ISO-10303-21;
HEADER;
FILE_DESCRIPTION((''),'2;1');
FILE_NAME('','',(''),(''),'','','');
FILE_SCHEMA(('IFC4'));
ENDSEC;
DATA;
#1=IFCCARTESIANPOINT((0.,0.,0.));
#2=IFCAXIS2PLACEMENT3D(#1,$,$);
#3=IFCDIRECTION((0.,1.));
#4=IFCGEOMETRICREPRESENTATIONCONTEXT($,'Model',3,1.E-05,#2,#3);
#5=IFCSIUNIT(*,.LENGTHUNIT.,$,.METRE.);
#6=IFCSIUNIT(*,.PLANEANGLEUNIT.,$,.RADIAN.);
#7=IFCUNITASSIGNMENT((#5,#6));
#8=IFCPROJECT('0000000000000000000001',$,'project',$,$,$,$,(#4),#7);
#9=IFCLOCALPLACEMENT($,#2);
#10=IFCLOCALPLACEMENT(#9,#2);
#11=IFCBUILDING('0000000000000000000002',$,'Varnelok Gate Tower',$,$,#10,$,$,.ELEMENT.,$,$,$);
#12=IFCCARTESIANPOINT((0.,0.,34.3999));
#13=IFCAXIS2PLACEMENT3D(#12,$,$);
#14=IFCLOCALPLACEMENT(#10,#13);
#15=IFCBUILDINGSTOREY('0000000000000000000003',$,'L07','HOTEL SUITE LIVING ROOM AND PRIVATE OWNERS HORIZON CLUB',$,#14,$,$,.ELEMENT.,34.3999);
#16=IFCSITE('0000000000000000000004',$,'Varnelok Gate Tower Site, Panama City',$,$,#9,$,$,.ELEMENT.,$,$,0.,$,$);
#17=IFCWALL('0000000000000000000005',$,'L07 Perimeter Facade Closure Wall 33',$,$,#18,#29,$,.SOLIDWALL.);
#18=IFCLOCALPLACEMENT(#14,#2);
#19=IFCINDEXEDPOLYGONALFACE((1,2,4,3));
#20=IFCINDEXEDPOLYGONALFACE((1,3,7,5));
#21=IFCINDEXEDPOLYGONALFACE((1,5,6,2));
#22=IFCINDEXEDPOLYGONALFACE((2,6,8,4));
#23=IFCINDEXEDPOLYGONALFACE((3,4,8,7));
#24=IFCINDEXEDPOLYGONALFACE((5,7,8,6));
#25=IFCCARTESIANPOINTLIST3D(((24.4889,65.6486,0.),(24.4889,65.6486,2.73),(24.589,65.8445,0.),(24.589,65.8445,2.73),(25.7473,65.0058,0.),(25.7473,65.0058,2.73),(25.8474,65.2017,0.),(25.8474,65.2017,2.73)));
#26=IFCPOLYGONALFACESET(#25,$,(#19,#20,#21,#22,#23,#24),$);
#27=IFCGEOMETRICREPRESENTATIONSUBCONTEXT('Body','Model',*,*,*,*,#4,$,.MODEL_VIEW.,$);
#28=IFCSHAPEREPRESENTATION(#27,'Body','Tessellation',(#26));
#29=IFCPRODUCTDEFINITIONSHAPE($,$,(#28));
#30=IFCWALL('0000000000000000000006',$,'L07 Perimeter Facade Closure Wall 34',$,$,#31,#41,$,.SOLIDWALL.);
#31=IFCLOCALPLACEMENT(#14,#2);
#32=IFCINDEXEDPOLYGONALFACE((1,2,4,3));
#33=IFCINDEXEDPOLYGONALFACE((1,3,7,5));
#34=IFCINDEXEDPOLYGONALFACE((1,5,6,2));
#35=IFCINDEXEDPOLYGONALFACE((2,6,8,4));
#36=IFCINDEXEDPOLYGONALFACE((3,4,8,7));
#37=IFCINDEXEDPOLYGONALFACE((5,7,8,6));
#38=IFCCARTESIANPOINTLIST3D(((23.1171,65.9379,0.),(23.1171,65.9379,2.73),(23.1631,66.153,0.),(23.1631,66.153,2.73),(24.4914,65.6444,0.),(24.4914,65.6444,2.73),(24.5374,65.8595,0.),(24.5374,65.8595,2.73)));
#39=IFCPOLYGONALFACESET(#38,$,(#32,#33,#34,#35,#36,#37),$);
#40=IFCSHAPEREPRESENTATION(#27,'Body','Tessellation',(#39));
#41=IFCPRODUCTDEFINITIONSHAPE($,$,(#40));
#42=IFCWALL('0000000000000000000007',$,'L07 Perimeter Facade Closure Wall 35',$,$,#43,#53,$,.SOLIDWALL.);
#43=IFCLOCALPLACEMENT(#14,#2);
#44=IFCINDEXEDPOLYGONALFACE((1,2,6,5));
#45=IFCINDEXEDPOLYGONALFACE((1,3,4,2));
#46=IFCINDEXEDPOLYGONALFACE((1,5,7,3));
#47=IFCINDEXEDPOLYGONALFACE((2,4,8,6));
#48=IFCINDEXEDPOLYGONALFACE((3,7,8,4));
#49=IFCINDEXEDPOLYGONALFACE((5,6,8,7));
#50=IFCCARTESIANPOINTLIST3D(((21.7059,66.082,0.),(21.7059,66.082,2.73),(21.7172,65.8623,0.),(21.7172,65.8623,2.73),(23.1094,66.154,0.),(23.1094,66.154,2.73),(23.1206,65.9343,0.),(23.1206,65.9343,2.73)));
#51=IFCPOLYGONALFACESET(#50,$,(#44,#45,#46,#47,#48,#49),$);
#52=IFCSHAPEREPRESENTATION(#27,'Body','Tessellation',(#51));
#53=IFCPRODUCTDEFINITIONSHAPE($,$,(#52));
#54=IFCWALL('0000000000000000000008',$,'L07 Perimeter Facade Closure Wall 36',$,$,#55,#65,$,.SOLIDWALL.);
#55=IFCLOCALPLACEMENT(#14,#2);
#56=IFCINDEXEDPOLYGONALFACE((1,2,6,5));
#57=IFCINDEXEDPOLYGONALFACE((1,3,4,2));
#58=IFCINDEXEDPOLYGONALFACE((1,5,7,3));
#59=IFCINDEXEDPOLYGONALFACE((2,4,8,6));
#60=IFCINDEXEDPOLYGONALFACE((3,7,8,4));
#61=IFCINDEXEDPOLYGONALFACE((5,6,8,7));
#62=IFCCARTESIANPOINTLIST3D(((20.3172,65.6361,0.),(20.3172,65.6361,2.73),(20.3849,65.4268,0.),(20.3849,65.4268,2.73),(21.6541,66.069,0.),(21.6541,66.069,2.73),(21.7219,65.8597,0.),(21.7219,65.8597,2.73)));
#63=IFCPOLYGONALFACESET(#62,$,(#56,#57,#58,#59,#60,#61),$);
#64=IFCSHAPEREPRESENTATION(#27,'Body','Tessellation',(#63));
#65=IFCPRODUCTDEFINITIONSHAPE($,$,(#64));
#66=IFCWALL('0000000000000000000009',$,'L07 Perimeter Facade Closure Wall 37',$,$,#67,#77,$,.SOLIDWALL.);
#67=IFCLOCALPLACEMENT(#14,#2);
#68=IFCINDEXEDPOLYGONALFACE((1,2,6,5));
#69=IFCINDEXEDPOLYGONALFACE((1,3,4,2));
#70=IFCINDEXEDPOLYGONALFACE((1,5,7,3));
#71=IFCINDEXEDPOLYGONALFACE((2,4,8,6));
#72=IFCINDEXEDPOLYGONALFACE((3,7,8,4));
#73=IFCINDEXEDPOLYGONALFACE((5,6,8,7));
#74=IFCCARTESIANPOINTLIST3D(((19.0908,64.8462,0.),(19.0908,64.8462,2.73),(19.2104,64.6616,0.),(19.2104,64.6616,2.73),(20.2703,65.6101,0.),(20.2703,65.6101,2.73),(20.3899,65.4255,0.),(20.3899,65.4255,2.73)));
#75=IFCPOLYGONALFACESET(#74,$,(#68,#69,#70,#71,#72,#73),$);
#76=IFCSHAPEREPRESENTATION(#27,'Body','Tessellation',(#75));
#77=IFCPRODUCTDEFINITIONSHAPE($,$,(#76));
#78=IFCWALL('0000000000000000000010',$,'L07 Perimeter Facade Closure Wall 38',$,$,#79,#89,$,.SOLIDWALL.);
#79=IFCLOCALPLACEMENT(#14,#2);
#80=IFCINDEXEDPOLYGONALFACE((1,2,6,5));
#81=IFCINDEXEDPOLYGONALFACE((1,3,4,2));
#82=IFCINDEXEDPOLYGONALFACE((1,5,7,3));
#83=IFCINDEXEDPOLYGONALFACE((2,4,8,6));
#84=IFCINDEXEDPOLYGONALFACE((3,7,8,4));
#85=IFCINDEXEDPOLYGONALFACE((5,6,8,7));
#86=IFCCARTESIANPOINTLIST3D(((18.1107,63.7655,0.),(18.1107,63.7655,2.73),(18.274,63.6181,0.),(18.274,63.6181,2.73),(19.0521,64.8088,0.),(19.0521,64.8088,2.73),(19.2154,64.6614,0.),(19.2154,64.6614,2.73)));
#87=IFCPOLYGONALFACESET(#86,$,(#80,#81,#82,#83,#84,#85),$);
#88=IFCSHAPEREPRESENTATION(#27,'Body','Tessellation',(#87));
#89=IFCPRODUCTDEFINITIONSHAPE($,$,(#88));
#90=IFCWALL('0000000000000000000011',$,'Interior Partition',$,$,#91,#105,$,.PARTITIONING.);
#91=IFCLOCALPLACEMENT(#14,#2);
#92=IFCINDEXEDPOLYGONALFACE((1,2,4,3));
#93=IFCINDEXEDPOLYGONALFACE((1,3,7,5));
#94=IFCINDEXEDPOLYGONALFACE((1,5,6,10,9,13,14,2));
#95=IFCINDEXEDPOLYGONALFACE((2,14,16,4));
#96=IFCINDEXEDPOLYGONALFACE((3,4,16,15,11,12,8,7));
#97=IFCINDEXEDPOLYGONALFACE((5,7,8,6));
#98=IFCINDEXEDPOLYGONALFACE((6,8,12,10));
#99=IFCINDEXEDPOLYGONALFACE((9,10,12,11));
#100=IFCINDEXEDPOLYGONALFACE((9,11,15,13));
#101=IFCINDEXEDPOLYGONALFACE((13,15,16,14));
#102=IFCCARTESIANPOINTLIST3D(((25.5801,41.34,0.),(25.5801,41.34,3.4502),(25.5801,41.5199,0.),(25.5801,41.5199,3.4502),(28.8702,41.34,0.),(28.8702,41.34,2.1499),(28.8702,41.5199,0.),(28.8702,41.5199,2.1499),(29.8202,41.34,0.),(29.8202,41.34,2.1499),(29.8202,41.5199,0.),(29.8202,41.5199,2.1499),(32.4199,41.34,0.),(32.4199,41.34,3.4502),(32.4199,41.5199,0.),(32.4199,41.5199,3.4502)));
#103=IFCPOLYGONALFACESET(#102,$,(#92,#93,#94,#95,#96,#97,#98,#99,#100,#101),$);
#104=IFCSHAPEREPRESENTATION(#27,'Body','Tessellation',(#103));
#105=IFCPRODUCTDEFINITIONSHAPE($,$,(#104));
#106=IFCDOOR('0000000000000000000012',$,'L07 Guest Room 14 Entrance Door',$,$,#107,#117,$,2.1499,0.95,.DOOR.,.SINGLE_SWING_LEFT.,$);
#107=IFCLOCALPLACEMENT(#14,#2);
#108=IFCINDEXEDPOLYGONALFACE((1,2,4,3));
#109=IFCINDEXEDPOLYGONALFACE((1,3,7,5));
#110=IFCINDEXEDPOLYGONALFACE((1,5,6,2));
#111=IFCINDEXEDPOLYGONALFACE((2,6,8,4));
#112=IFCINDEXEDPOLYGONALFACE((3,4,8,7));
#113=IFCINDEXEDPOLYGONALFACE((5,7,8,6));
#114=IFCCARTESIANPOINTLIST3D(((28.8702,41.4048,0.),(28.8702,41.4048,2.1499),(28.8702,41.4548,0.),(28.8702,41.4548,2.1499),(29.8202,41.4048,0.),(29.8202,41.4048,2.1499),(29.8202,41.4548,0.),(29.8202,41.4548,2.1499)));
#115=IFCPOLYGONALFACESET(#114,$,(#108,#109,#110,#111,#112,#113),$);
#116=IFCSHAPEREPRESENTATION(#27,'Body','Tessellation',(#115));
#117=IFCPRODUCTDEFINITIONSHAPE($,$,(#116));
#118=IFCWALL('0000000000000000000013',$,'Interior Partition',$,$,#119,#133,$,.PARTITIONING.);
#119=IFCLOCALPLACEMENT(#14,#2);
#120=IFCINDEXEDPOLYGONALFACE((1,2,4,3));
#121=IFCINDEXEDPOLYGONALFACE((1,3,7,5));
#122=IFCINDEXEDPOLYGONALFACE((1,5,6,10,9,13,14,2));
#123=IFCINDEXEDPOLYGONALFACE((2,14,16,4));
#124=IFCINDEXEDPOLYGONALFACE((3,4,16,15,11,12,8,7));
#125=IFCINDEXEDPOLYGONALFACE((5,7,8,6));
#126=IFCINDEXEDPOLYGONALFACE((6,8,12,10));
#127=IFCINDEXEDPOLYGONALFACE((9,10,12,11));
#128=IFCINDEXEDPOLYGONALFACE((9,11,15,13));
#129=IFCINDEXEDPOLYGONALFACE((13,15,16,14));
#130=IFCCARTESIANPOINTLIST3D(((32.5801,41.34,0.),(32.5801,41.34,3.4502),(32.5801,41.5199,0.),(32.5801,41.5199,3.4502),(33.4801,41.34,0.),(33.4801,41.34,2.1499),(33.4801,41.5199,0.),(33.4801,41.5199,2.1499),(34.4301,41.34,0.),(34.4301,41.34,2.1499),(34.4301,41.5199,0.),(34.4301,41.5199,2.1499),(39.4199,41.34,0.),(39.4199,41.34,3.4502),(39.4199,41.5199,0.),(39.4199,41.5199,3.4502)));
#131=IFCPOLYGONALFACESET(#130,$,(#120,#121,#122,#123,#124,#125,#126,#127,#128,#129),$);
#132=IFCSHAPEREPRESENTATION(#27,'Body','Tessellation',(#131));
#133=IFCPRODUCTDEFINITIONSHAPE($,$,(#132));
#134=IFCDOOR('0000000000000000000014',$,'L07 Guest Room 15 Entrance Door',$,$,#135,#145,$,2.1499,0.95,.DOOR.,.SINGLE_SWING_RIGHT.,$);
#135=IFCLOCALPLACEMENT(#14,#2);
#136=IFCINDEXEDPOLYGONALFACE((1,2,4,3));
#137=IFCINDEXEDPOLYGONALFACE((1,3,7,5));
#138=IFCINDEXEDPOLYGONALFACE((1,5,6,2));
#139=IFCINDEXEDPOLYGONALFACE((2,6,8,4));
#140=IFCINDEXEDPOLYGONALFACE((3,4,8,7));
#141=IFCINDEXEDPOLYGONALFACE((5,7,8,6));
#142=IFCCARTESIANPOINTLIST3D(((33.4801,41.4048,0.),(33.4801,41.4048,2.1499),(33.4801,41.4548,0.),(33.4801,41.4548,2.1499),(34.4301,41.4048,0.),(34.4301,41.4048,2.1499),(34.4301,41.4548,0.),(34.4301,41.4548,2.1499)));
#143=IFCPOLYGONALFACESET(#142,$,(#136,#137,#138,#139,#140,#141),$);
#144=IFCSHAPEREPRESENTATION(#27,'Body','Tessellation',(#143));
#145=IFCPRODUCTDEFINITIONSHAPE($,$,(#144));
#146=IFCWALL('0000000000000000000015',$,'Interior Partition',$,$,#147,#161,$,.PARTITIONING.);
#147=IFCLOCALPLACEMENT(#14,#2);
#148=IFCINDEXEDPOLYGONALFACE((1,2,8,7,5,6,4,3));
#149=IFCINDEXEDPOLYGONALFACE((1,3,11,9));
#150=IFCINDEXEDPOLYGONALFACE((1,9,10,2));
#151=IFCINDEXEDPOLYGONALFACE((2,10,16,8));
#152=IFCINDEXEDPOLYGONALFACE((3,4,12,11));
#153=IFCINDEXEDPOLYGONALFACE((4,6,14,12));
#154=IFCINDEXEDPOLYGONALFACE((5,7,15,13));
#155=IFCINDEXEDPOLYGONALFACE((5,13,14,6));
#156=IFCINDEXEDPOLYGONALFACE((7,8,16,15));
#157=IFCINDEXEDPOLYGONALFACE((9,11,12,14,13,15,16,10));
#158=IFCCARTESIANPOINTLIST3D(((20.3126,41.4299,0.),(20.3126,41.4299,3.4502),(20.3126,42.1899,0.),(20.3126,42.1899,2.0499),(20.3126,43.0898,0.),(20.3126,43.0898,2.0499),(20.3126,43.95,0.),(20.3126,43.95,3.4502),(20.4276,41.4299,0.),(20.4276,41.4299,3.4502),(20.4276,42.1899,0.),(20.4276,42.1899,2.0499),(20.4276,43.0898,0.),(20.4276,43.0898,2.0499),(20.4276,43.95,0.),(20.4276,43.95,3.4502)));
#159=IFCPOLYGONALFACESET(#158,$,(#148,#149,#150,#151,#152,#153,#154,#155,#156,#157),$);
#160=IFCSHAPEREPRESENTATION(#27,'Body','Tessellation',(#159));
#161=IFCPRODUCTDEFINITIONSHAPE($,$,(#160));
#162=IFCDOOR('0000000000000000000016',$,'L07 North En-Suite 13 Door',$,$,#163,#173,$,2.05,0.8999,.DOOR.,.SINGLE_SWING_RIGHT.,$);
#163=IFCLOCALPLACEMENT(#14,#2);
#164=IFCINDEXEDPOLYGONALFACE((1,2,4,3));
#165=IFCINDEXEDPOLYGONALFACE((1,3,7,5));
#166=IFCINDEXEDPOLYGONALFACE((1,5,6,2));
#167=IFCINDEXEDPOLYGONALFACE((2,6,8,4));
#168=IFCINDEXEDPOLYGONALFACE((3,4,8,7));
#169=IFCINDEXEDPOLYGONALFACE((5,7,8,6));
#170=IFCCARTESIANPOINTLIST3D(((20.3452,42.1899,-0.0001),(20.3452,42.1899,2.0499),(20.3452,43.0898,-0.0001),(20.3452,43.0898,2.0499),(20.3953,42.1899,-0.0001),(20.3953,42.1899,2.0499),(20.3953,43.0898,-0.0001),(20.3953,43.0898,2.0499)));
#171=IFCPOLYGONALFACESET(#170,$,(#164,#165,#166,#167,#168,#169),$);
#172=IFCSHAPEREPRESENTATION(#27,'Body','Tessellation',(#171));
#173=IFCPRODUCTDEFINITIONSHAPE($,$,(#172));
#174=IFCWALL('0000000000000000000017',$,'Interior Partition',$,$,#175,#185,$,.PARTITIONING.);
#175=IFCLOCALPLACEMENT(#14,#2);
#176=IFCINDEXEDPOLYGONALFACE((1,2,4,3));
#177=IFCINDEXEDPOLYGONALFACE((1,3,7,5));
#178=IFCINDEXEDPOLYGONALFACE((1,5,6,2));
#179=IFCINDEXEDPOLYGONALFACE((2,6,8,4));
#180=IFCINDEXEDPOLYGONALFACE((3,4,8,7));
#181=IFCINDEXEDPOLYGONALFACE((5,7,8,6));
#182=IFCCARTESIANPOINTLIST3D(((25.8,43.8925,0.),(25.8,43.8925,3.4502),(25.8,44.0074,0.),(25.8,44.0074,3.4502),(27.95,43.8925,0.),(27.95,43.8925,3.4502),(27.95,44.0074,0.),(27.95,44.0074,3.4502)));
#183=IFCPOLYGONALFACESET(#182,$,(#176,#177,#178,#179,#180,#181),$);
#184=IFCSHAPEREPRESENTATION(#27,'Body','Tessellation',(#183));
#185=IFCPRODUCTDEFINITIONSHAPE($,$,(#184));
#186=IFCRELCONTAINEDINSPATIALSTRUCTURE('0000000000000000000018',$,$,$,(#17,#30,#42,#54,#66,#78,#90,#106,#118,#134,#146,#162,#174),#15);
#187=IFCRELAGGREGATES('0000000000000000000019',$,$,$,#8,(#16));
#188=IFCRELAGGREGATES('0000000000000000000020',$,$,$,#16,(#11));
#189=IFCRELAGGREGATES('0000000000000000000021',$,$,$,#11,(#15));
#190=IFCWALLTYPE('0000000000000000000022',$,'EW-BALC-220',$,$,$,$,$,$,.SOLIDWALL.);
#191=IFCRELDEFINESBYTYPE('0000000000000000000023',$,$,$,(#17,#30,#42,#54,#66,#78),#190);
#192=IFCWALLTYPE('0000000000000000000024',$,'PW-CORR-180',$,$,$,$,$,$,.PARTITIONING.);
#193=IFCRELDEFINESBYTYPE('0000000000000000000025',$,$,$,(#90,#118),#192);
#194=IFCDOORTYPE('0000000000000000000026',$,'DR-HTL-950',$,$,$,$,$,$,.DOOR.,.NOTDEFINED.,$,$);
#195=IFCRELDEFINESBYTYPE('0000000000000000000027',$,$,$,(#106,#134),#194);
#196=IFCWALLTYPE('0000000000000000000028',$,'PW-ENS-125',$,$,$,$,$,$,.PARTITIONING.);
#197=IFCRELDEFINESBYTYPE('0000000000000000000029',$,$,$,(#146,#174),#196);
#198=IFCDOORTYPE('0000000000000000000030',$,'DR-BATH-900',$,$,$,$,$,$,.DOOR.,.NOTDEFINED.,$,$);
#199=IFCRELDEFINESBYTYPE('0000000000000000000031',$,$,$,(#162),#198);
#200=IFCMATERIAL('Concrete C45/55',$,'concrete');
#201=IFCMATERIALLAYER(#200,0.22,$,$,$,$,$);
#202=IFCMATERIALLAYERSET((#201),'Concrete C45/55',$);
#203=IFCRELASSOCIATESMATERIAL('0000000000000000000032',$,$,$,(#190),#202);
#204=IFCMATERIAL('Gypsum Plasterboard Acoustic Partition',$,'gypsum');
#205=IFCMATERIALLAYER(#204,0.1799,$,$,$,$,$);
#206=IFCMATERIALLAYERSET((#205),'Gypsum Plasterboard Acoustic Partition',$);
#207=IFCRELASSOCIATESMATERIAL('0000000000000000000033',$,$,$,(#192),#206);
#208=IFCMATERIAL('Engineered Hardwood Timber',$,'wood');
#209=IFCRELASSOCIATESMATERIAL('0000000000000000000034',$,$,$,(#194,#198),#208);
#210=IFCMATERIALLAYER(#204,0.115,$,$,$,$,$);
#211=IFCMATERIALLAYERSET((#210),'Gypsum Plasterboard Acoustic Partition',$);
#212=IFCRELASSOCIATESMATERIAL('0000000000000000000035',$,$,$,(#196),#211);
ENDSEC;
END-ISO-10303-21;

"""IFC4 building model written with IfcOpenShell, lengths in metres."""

from ifc_helpers import new_model, si_unit, direction, frame, frame_2d, origin, place, context, subcontext, project, spatial, rectangle, extrude, material, layer, layer_set, type_object, element, fill, save


model = new_model("IFC4")

# Units and contexts
model_context = context("Model", 3, precision=1e-05, world=origin(), true_north=direction((0.0, 1.0)))
body_context = subcontext(model_context, "Body", "Model", "MODEL_VIEW")
ifc_project = project(units=[si_unit("LENGTHUNIT", "METRE"), si_unit("PLANEANGLEUNIT", "RADIAN")], contexts=[model_context])

# Site, building, storey
site_placement = place(None, origin())
site = spatial("IfcSite", under=ifc_project, at=site_placement, Name="Varnelok Gate Tower Site, Panama City", CompositionType="ELEMENT", RefElevation=0.0)
building_placement = place(site_placement, origin())
building = spatial("IfcBuilding", under=site, at=building_placement, Name="Varnelok Gate Tower", CompositionType="ELEMENT")
storey_placement = place(building_placement, frame((0.0, 0.0, 34.3999)))
storey = spatial("IfcBuildingStorey", under=building, at=storey_placement, Name="L07", Description="HOTEL SUITE LIVING ROOM AND PRIVATE OWNERS HORIZON CLUB", CompositionType="ELEMENT", Elevation=34.3999)

# Walls
ifc_material_1 = material(Name="Concrete C45/55", Category="concrete")
ifc_layer_1 = layer(ifc_material_1, 0.22)
ifc_layer_set_1 = layer_set([ifc_layer_1], Name="Concrete C45/55")
wall_type_1 = type_object("IfcWallType", Name="EW-BALC-220", PredefinedType="SOLIDWALL", material=ifc_layer_set_1)
wall_1_placement = place(storey_placement, frame((25.7974, 65.1038, 0.0), z_axis=(0.0, 0.0, 1.0), x_axis=(-0.890559, 0.454868, 0.0)))
element("IfcWall", 1, at=wall_1_placement, inside=storey, type_object=wall_type_1, Name="L07 Perimeter Facade Closure Wall 33", PredefinedType="SOLIDWALL", context=body_context, shape_type="SweptSolid", body=[
    extrude(rectangle(XDim=1.4131, YDim=0.22, at=frame_2d((0.7065, 0.0))), origin(), (0.0, 0.0, 1.0), 2.73),
])
for number, where, z_axis, x_axis, name in (
    (2, (24.5144, 65.752, 0.0), (0.0, 0.0, 1.0), (-0.977952, 0.208829, 0.0), "L07 Perimeter Facade Closure Wall 34"),
    (3, (23.115, 66.0442, 0.0), (0.0, 0.0, 1.0), (-0.998686, -0.051255, 0.0), "L07 Perimeter Facade Closure Wall 35"),
    (4, (21.688, 65.9644, 0.0), (0.0, 0.0, 1.0), (-0.951376, -0.308033, 0.0), "L07 Perimeter Facade Closure Wall 36"),
    (5, (20.3301, 65.5178, 0.0), (0.0, 0.0, 1.0), (-0.839328, -0.543626, 0.0), "L07 Perimeter Facade Closure Wall 37"),
    (6, (19.1338, 64.7351, 0.0), (0.0, 0.0, 1.0), (-0.669953, -0.742404, 0.0), "L07 Perimeter Facade Closure Wall 38"),
):
    element("IfcWall", number, at=place(storey_placement, frame(where, z_axis=z_axis, x_axis=x_axis)), inside=storey, type_object=wall_type_1, Name=name, PredefinedType="SOLIDWALL", context=body_context, shape_type="SweptSolid", body=[
        extrude(rectangle(XDim=1.4053, YDim=0.22, at=frame_2d((0.7026, 0.0))), origin(), (0.0, 0.0, 1.0), 2.73),
    ])

# Walls, openings, doors
ifc_material_2 = material(Name="Gypsum Plasterboard Acoustic Partition", Category="gypsum")
ifc_layer_2 = layer(ifc_material_2, 0.1799)
ifc_layer_set_2 = layer_set([ifc_layer_2], Name="Gypsum Plasterboard Acoustic Partition")
wall_type_2 = type_object("IfcWallType", Name="PW-CORR-180", PredefinedType="PARTITIONING", material=ifc_layer_set_2)
wall_2_placement = place(storey_placement, frame((25.5801, 41.4299, 0.0), z_axis=(0.0, 0.0, 1.0), x_axis=(1.0, 0.0, 0.0)))
wall_2 = element("IfcWall", 7, at=wall_2_placement, inside=storey, type_object=wall_type_2, Name="Interior Partition", PredefinedType="PARTITIONING", context=body_context, shape_type="SweptSolid", body=[
    extrude(rectangle(XDim=6.8398, YDim=0.1799, at=frame_2d((3.4199, 0.0))), origin(), (0.0, 0.0, 1.0), 3.4502),
])
opening_1_placement = place(wall_2_placement, frame((3.29, 0.0, 0.0)))
opening_1 = element("IfcOpeningElement", 8, at=opening_1_placement, cuts=wall_2, PredefinedType="OPENING", context=body_context, shape_type="SweptSolid", body=[
    extrude(rectangle(XDim=0.95, YDim=2.1499, at=frame_2d((0.4751, 1.075))), frame((0.0, 0.0999, 0.0), z_axis=(0.0, -1.0, 0.0), x_axis=(1.0, 0.0, 0.0)), (0.0, 0.0, 1.0), 0.2),
])
ifc_material_3 = material(Name="Engineered Hardwood Timber", Category="wood")
door_type_1 = type_object("IfcDoorType", Name="DR-HTL-950", OperationType="NOTDEFINED", PredefinedType="DOOR", material=ifc_material_3)
door_1_placement = place(opening_1_placement, origin())
door_1 = element("IfcDoor", 9, at=door_1_placement, inside=storey, type_object=door_type_1, Name="L07 Guest Room 14 Entrance Door", OperationType="SINGLE_SWING_LEFT", OverallHeight=2.1499, OverallWidth=0.95, PredefinedType="DOOR", context=body_context, shape_type="SweptSolid", body=[
    extrude(rectangle(XDim=0.95, YDim=2.1499, at=frame_2d((0.4751, 1.075))), frame((0.0, 0.0249, 0.0), z_axis=(0.0, -1.0, 0.0), x_axis=(1.0, 0.0, 0.0)), (0.0, 0.0, 1.0), 0.05),
])
fill(opening_1, door_1)
wall_3_placement = place(storey_placement, frame((32.5801, 41.4299, 0.0), z_axis=(0.0, 0.0, 1.0), x_axis=(1.0, 0.0, 0.0)))
wall_3 = element("IfcWall", 10, at=wall_3_placement, inside=storey, type_object=wall_type_2, Name="Interior Partition", PredefinedType="PARTITIONING", context=body_context, shape_type="SweptSolid", body=[
    extrude(rectangle(XDim=6.8398, YDim=0.1799, at=frame_2d((3.4199, 0.0))), origin(), (0.0, 0.0, 1.0), 3.4502),
])
opening_2_placement = place(wall_3_placement, frame((0.8999, 0.0, 0.0)))
opening_2 = element("IfcOpeningElement", 11, at=opening_2_placement, cuts=wall_3, PredefinedType="OPENING", context=body_context, shape_type="SweptSolid", body=[
    extrude(rectangle(XDim=0.95, YDim=2.1499, at=frame_2d((0.4751, 1.075))), frame((0.0, 0.0999, 0.0), z_axis=(0.0, -1.0, 0.0), x_axis=(1.0, 0.0, 0.0)), (0.0, 0.0, 1.0), 0.2),
])
door_2_placement = place(opening_2_placement, origin())
door_2 = element("IfcDoor", 12, at=door_2_placement, inside=storey, type_object=door_type_1, Name="L07 Guest Room 15 Entrance Door", OperationType="SINGLE_SWING_RIGHT", OverallHeight=2.1499, OverallWidth=0.95, PredefinedType="DOOR", context=body_context, shape_type="SweptSolid", body=[
    extrude(rectangle(XDim=0.95, YDim=2.1499, at=frame_2d((0.4751, 1.075))), frame((0.0, 0.0249, 0.0), z_axis=(0.0, -1.0, 0.0), x_axis=(1.0, 0.0, 0.0)), (0.0, 0.0, 1.0), 0.05),
])
fill(opening_2, door_2)
ifc_layer_3 = layer(ifc_material_2, 0.115)
ifc_layer_set_3 = layer_set([ifc_layer_3], Name="Gypsum Plasterboard Acoustic Partition")
wall_type_3 = type_object("IfcWallType", Name="PW-ENS-125", PredefinedType="PARTITIONING", material=ifc_layer_set_3)
wall_4_placement = place(storey_placement, frame((20.3701, 41.4299, 0.0), z_axis=(0.0, 0.0, 1.0), x_axis=(0.0, 1.0, 0.0)))
wall_4 = element("IfcWall", 13, at=wall_4_placement, inside=storey, type_object=wall_type_3, Name="Interior Partition", PredefinedType="PARTITIONING", context=body_context, shape_type="SweptSolid", body=[
    extrude(rectangle(XDim=2.52, YDim=0.115, at=frame_2d((1.26, 0.0))), origin(), (0.0, 0.0, 1.0), 3.4502),
])
opening_3_placement = place(wall_4_placement, frame((0.76, 0.0, 0.0)))
opening_3 = element("IfcOpeningElement", 14, at=opening_3_placement, cuts=wall_4, PredefinedType="OPENING", context=body_context, shape_type="SweptSolid", body=[
    extrude(rectangle(XDim=0.8999, YDim=2.05, at=frame_2d((0.45, 1.0249))), frame((0.0, 0.0674, 0.0), z_axis=(0.0, -1.0, 0.0), x_axis=(1.0, 0.0, 0.0)), (0.0, 0.0, 1.0), 0.135),
])
door_type_2 = type_object("IfcDoorType", Name="DR-BATH-900", OperationType="NOTDEFINED", PredefinedType="DOOR", material=ifc_material_3)
door_3_placement = place(opening_3_placement, origin())
door_3 = element("IfcDoor", 15, at=door_3_placement, inside=storey, type_object=door_type_2, Name="L07 North En-Suite 13 Door", OperationType="SINGLE_SWING_RIGHT", OverallHeight=2.05, OverallWidth=0.8999, PredefinedType="DOOR", context=body_context, shape_type="SweptSolid", body=[
    extrude(rectangle(XDim=0.8999, YDim=2.05, at=frame_2d((0.45, 1.0249))), frame((0.0, 0.0249, 0.0), z_axis=(0.0, -1.0, 0.0), x_axis=(1.0, 0.0, 0.0)), (0.0, 0.0, 1.0), 0.05),
])
fill(opening_3, door_3)

# Wall
wall_5_placement = place(storey_placement, frame((25.8, 43.95, 0.0), z_axis=(0.0, 0.0, 1.0), x_axis=(1.0, 0.0, 0.0)))
element("IfcWall", 16, at=wall_5_placement, inside=storey, type_object=wall_type_3, Name="Interior Partition", PredefinedType="PARTITIONING", context=body_context, shape_type="SweptSolid", body=[
    extrude(rectangle(XDim=2.1499, YDim=0.115, at=frame_2d((1.075, 0.0))), origin(), (0.0, 0.0, 1.0), 3.4502),
])

save(model, "model.ifc")
